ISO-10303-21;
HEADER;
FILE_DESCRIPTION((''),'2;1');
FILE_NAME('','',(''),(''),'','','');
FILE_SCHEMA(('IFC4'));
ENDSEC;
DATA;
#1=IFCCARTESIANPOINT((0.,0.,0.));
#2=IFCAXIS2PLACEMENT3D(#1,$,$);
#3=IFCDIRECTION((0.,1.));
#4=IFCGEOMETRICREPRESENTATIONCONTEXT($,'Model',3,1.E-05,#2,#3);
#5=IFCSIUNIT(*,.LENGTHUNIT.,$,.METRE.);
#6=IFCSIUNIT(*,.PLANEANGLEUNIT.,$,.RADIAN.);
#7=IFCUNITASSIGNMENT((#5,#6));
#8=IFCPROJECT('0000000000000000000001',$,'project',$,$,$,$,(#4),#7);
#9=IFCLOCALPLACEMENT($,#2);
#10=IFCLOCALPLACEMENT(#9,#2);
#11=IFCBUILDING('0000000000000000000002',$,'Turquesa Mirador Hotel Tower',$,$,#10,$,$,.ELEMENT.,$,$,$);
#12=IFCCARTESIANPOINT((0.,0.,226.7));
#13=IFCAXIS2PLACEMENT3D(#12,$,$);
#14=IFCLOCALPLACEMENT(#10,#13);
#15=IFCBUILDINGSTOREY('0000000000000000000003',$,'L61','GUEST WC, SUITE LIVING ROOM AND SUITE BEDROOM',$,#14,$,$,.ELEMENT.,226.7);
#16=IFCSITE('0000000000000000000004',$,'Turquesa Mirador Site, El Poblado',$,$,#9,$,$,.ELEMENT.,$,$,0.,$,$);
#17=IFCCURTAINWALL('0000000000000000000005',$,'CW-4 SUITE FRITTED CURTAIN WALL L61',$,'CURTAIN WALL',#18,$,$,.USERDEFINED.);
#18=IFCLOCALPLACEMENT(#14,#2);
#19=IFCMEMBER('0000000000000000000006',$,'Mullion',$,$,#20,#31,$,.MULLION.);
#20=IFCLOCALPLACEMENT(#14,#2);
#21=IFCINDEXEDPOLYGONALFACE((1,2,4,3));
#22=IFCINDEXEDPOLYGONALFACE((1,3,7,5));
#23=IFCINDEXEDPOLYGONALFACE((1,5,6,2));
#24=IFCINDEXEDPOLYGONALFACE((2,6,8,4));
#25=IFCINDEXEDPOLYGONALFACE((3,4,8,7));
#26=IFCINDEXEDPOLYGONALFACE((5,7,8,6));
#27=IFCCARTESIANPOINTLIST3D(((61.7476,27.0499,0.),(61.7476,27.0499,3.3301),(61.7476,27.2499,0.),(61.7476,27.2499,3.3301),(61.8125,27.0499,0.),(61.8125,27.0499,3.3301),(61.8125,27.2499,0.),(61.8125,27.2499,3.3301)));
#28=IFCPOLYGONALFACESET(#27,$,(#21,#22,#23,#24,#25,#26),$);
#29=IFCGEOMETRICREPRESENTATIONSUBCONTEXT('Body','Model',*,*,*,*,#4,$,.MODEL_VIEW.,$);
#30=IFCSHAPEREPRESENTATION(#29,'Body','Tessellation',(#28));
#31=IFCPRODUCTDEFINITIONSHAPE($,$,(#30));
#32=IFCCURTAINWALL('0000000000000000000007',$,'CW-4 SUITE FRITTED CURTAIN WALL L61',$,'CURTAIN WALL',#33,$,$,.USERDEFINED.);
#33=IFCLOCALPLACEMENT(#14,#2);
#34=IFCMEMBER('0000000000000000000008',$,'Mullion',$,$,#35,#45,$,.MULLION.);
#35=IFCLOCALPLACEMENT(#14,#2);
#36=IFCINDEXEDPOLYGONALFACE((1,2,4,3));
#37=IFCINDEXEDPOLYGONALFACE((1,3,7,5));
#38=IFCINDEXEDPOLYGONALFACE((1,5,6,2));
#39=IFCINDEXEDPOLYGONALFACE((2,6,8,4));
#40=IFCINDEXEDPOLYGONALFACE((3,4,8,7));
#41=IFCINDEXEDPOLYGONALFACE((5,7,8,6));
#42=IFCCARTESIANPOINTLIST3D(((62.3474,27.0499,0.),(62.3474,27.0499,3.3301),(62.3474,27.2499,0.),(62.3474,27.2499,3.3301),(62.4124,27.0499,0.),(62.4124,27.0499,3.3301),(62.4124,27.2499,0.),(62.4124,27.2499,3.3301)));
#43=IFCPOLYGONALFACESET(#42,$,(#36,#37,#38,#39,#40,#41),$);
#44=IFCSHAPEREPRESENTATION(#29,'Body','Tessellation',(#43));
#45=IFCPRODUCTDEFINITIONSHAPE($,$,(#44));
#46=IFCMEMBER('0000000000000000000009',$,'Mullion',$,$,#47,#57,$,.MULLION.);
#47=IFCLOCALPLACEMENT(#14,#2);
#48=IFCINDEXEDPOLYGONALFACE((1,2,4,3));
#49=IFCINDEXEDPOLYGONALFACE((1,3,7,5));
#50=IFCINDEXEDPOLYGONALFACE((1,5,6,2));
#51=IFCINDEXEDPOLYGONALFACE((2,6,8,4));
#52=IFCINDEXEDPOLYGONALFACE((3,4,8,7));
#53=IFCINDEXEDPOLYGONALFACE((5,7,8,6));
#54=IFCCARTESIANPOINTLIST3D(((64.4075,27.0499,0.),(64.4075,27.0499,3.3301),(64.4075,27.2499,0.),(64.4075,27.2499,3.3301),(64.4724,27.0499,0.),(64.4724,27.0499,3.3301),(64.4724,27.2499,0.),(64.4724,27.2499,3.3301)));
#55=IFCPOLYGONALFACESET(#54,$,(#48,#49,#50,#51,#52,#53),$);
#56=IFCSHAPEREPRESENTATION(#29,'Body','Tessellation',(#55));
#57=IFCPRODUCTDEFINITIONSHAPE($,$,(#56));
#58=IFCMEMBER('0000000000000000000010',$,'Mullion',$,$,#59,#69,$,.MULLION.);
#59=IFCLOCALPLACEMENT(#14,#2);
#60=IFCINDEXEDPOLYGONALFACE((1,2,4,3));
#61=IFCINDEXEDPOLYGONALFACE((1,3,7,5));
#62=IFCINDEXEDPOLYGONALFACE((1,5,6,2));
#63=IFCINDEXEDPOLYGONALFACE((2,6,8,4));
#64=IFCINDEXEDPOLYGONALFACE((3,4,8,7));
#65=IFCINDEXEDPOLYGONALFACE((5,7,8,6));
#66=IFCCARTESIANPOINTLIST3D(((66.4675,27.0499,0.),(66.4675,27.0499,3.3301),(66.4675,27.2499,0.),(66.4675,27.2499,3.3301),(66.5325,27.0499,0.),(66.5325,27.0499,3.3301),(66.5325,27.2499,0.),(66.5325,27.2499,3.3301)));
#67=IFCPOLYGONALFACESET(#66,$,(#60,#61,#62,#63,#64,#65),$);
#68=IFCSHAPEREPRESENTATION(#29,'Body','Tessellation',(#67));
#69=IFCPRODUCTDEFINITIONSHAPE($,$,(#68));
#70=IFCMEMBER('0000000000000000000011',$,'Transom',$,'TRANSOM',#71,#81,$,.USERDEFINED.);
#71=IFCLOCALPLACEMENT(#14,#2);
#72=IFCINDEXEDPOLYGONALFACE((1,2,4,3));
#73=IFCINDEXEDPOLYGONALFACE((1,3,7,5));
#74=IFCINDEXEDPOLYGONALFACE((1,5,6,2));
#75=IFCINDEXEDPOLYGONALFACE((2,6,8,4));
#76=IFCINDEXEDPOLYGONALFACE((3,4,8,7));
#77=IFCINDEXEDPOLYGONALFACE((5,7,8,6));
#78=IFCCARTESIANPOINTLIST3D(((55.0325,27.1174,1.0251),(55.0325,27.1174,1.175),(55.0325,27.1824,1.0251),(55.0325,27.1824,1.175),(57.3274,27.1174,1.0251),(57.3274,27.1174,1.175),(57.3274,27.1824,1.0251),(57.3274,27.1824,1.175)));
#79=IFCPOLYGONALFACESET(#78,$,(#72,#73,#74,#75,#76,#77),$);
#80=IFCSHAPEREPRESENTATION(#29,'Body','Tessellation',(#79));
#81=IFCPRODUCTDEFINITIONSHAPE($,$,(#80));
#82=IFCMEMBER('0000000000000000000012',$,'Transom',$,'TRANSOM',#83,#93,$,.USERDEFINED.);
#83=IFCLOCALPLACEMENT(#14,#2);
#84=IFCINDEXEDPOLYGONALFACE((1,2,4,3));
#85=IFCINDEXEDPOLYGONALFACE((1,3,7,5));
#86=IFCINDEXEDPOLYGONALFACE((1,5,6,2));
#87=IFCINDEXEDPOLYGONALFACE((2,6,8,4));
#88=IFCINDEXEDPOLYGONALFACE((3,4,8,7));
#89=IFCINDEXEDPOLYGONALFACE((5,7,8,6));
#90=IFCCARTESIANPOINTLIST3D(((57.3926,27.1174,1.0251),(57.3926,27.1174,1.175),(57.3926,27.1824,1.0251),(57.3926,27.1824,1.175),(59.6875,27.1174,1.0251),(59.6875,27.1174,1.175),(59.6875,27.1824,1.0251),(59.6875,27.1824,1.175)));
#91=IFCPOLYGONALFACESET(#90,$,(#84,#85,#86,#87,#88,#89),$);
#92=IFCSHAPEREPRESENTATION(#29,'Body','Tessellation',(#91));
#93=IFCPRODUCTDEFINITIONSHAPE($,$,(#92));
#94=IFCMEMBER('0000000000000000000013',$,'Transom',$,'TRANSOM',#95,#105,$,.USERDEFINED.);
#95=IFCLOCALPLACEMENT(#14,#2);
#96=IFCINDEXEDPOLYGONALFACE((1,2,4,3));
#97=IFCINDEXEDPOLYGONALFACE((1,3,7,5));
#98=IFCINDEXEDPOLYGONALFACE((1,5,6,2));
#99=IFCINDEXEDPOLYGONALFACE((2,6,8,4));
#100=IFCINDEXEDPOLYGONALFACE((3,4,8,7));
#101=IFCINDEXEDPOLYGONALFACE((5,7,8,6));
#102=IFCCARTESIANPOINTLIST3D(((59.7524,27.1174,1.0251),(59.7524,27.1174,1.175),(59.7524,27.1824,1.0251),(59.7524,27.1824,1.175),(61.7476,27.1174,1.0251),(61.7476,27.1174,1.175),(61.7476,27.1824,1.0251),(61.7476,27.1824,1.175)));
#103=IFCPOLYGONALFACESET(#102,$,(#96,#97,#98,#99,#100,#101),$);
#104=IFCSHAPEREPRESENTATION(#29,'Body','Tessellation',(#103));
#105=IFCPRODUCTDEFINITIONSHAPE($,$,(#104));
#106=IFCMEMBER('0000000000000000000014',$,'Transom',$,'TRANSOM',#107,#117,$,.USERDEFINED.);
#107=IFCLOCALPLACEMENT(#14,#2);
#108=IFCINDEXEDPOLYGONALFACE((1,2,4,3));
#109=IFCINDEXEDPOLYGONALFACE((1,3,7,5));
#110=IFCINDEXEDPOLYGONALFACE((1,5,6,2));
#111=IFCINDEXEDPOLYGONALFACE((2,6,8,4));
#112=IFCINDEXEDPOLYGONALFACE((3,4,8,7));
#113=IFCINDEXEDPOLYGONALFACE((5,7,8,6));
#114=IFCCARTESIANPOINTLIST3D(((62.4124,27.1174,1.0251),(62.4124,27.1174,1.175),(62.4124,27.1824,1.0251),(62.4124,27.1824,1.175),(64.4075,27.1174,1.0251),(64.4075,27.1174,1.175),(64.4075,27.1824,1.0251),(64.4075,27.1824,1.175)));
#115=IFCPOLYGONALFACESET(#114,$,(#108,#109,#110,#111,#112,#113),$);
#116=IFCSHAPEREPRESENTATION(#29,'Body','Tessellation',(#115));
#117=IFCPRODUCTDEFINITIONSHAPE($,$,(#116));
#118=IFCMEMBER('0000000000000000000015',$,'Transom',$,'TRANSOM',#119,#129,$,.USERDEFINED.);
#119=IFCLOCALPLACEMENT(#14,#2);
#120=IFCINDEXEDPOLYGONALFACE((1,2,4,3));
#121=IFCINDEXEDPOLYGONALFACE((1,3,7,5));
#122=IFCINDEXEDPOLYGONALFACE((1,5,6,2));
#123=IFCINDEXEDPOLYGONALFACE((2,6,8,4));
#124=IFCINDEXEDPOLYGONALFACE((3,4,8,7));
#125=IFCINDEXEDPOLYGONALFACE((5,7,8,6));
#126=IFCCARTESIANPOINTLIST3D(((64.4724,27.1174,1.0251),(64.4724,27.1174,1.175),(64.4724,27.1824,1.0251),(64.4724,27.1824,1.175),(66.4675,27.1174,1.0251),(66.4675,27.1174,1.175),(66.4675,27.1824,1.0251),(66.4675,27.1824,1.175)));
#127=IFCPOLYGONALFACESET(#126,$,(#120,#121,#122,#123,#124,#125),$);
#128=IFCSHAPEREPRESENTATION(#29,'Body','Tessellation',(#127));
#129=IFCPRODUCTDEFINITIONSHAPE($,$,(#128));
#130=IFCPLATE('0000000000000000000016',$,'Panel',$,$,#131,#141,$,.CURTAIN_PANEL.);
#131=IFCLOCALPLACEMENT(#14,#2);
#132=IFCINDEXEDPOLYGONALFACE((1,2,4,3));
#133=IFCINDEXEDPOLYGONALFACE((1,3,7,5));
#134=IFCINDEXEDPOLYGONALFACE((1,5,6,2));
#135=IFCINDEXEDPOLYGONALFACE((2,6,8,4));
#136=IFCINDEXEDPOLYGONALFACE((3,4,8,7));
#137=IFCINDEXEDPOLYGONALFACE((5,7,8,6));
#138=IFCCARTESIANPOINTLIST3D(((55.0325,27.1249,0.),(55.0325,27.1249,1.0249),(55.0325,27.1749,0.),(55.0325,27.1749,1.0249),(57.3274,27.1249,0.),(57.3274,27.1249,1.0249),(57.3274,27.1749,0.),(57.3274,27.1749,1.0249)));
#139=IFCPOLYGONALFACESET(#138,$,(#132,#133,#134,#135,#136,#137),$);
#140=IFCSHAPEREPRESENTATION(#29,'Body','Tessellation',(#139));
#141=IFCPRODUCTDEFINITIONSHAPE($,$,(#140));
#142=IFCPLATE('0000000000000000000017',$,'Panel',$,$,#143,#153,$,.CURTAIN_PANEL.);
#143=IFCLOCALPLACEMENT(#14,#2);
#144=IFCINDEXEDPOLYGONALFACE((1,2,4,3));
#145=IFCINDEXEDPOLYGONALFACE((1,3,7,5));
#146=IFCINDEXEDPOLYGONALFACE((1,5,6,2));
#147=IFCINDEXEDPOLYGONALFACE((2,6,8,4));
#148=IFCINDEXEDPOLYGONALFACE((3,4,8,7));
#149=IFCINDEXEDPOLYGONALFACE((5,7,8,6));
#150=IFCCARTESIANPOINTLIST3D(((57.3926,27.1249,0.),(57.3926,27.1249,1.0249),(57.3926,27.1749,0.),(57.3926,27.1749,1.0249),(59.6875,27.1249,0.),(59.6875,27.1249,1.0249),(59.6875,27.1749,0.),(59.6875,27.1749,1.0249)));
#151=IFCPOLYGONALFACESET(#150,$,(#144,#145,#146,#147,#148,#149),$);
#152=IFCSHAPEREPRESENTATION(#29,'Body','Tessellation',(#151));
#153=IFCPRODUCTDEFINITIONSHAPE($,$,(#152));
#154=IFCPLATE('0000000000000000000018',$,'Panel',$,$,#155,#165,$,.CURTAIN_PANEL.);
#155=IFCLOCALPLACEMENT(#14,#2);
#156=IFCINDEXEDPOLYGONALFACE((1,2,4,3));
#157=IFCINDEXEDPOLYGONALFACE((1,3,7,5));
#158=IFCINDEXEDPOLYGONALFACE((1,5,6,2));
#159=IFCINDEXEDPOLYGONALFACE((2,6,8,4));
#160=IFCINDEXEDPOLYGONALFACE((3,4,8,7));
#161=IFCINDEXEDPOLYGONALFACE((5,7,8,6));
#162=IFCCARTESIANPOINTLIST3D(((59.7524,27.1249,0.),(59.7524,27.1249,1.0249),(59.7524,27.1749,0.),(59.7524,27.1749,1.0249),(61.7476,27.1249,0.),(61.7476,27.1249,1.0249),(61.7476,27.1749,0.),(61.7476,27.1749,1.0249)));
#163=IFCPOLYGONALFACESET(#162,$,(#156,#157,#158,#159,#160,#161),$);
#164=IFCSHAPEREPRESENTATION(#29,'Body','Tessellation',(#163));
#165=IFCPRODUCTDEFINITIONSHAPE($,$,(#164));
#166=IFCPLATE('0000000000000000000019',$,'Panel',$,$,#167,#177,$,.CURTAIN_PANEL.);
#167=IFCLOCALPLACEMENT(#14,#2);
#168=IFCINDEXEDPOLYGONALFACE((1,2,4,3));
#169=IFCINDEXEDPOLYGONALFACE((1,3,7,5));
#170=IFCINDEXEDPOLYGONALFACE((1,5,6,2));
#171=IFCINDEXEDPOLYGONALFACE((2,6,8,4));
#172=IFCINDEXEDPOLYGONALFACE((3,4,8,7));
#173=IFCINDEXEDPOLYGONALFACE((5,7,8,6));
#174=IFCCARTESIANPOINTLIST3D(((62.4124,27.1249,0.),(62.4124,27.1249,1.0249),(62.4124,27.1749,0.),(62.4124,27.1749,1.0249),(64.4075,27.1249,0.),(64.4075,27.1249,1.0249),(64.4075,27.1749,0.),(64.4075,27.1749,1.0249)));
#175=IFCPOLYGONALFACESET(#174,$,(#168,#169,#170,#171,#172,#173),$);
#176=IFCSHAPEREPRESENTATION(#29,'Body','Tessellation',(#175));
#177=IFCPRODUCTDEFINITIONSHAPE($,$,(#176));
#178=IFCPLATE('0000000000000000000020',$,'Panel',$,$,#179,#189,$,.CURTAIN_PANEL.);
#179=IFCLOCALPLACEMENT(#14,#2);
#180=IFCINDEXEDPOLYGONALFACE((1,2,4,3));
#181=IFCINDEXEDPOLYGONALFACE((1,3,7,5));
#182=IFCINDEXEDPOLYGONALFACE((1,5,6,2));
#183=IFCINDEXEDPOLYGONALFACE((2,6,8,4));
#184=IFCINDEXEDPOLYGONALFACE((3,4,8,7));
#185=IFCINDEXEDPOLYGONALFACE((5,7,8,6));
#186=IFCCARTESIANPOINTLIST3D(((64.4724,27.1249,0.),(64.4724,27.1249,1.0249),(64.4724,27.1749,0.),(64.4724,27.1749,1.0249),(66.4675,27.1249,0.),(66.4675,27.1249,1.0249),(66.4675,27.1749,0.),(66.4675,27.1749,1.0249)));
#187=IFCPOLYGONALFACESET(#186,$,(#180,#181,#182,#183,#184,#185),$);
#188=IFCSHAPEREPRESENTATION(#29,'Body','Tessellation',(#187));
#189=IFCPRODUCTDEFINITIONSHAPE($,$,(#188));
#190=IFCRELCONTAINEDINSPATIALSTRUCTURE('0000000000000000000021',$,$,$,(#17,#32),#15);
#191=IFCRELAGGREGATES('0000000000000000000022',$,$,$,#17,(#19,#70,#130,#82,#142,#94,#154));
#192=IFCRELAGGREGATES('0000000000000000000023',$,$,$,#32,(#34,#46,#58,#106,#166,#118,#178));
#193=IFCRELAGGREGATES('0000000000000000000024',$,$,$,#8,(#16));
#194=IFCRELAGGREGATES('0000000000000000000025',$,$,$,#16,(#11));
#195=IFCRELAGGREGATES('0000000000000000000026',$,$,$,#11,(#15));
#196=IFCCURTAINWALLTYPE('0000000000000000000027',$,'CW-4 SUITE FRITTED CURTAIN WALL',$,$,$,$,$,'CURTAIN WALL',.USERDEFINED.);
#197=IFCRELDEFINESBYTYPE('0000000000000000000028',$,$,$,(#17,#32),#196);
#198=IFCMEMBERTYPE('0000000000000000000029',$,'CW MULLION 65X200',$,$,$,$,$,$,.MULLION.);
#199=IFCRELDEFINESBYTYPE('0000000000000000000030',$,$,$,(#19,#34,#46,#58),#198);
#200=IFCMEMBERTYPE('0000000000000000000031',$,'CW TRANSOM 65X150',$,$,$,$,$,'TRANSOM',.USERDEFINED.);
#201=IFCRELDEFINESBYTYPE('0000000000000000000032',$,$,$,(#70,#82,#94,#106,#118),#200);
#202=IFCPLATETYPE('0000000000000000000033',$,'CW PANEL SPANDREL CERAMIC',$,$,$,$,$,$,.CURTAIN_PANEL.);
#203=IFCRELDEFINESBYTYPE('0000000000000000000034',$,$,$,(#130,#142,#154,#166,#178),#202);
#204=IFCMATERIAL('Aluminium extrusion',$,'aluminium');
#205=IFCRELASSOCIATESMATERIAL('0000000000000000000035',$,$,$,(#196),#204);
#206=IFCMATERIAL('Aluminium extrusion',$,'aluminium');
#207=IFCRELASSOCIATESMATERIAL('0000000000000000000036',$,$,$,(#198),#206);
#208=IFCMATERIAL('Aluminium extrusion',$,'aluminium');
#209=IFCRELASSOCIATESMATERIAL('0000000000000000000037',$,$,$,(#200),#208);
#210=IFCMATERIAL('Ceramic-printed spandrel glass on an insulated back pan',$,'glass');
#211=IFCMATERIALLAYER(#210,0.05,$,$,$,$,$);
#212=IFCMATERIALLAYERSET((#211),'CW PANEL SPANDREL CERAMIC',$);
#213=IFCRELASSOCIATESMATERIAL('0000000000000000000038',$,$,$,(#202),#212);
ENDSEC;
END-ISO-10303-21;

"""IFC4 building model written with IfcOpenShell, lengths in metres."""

from ifc_helpers import new_model, si_unit, direction, frame, origin, origin_2d, place, context, subcontext, project, spatial, rectangle, extrude, material, layer, layer_set, material_profile, profile_set, type_object, element, aggregate, save


model = new_model("IFC4")

# Units and contexts
model_context = context("Model", 3, precision=1e-05, world=origin(), true_north=direction((0.0, 1.0)))
body_context = subcontext(model_context, "Body", "Model", "MODEL_VIEW")
ifc_project = project(units=[si_unit("LENGTHUNIT", "METRE"), si_unit("PLANEANGLEUNIT", "RADIAN")], contexts=[model_context])

# Site, building, storey
site_placement = place(None, origin())
site = spatial("IfcSite", under=ifc_project, at=site_placement, Name="Turquesa Mirador Site, El Poblado", CompositionType="ELEMENT", RefElevation=0.0)
building_placement = place(site_placement, origin())
building = spatial("IfcBuilding", under=site, at=building_placement, Name="Turquesa Mirador Hotel Tower", CompositionType="ELEMENT")
storey_placement = place(building_placement, frame((0.0, 0.0, 226.7)))
storey = spatial("IfcBuildingStorey", under=building, at=storey_placement, Name="L61", Description="GUEST WC, SUITE LIVING ROOM AND SUITE BEDROOM", CompositionType="ELEMENT", Elevation=226.7)

# Curtain walls, members
ifc_material_1 = material(Name="Aluminium extrusion", Category="aluminium")
curtain_wall_type = type_object("IfcCurtainWallType", Name="CW-4 SUITE FRITTED CURTAIN WALL", ElementType="CURTAIN WALL", PredefinedType="USERDEFINED", material=ifc_material_1)
curtain_wall_1_placement = place(storey_placement, origin())
curtain_wall_1 = element("IfcCurtainWall", 1, at=curtain_wall_1_placement, inside=storey, type_object=curtain_wall_type, Name="CW-4 SUITE FRITTED CURTAIN WALL L61", ObjectType="CURTAIN WALL", PredefinedType="USERDEFINED")
ifc_material_2 = material(Name="Aluminium extrusion", Category="aluminium")
ifc_material_profile_1 = material_profile(ifc_material_2, rectangle(XDim=0.0649, YDim=0.2, at=origin_2d()), Name="MULLION 65X200")
ifc_profile_set_1 = profile_set([ifc_material_profile_1], Name="Aluminium extrusion")
member_type_1 = type_object("IfcMemberType", Name="CW MULLION 65X200", PredefinedType="MULLION", material=ifc_profile_set_1)
member_1_placement = place(storey_placement, frame((61.78, 27.1499, 0.0), z_axis=(0.0, 0.0, 1.0), x_axis=(1.0, 0.0, 0.0)))
member_1 = element("IfcMember", 2, at=member_1_placement, type_object=member_type_1, Name="Mullion", PredefinedType="MULLION", context=body_context, shape_type="SweptSolid", body=[
    extrude(rectangle(XDim=0.0649, YDim=0.2, at=origin_2d()), origin(), (0.0, 0.0, 1.0), 3.3301),
])
curtain_wall_2_placement = place(storey_placement, origin())
curtain_wall_2 = element("IfcCurtainWall", 3, at=curtain_wall_2_placement, inside=storey, type_object=curtain_wall_type, Name="CW-4 SUITE FRITTED CURTAIN WALL L61", ObjectType="CURTAIN WALL", PredefinedType="USERDEFINED")
member_2_placement = place(storey_placement, frame((62.3799, 27.1499, 0.0), z_axis=(0.0, 0.0, 1.0), x_axis=(1.0, 0.0, 0.0)))
member_2 = element("IfcMember", 4, at=member_2_placement, type_object=member_type_1, Name="Mullion", PredefinedType="MULLION", context=body_context, shape_type="SweptSolid", body=[
    extrude(rectangle(XDim=0.0649, YDim=0.2, at=origin_2d()), origin(), (0.0, 0.0, 1.0), 3.3301),
])
member_3_placement = place(storey_placement, frame((64.4399, 27.1499, 0.0), z_axis=(0.0, 0.0, 1.0), x_axis=(1.0, 0.0, 0.0)))
member_3 = element("IfcMember", 5, at=member_3_placement, type_object=member_type_1, Name="Mullion", PredefinedType="MULLION", context=body_context, shape_type="SweptSolid", body=[
    extrude(rectangle(XDim=0.0649, YDim=0.2, at=origin_2d()), origin(), (0.0, 0.0, 1.0), 3.3301),
])
member_4_placement = place(storey_placement, frame((66.5, 27.1499, 0.0), z_axis=(0.0, 0.0, 1.0), x_axis=(1.0, 0.0, 0.0)))
member_4 = element("IfcMember", 6, at=member_4_placement, type_object=member_type_1, Name="Mullion", PredefinedType="MULLION", context=body_context, shape_type="SweptSolid", body=[
    extrude(rectangle(XDim=0.0649, YDim=0.2, at=origin_2d()), origin(), (0.0, 0.0, 1.0), 3.3301),
])

# Members
ifc_material_3 = material(Name="Aluminium extrusion", Category="aluminium")
ifc_material_profile_2 = material_profile(ifc_material_3, rectangle(XDim=0.0649, YDim=0.1499, at=origin_2d()), Name="TRANSOM 65X150")
ifc_profile_set_2 = profile_set([ifc_material_profile_2], Name="Aluminium extrusion")
member_type_2 = type_object("IfcMemberType", Name="CW TRANSOM 65X150", ElementType="TRANSOM", PredefinedType="USERDEFINED", material=ifc_profile_set_2)
member_5_placement = place(storey_placement, frame((55.0325, 27.1499, 1.1001), z_axis=(1.0, 0.0, 0.0), x_axis=(0.0, 1.0, 0.0)))
member_5 = element("IfcMember", 7, at=member_5_placement, type_object=member_type_2, Name="Transom", ObjectType="TRANSOM", PredefinedType="USERDEFINED", context=body_context, shape_type="SweptSolid", body=[
    extrude(rectangle(XDim=0.0649, YDim=0.1499, at=origin_2d()), origin(), (0.0, 0.0, 1.0), 2.2949),
])
member_6_placement = place(storey_placement, frame((57.3926, 27.1499, 1.1001), z_axis=(1.0, 0.0, 0.0), x_axis=(0.0, 1.0, 0.0)))
member_6 = element("IfcMember", 8, at=member_6_placement, type_object=member_type_2, Name="Transom", ObjectType="TRANSOM", PredefinedType="USERDEFINED", context=body_context, shape_type="SweptSolid", body=[
    extrude(rectangle(XDim=0.0649, YDim=0.1499, at=origin_2d()), origin(), (0.0, 0.0, 1.0), 2.2949),
])
member_7_placement = place(storey_placement, frame((59.7524, 27.1499, 1.1001), z_axis=(1.0, 0.0, 0.0), x_axis=(0.0, 1.0, 0.0)))
member_7 = element("IfcMember", 9, at=member_7_placement, type_object=member_type_2, Name="Transom", ObjectType="TRANSOM", PredefinedType="USERDEFINED", context=body_context, shape_type="SweptSolid", body=[
    extrude(rectangle(XDim=0.0649, YDim=0.1499, at=origin_2d()), origin(), (0.0, 0.0, 1.0), 1.9951),
])
member_8_placement = place(storey_placement, frame((62.4124, 27.1499, 1.1001), z_axis=(1.0, 0.0, 0.0), x_axis=(0.0, 1.0, 0.0)))
member_8 = element("IfcMember", 10, at=member_8_placement, type_object=member_type_2, Name="Transom", ObjectType="TRANSOM", PredefinedType="USERDEFINED", context=body_context, shape_type="SweptSolid", body=[
    extrude(rectangle(XDim=0.0649, YDim=0.1499, at=origin_2d()), origin(), (0.0, 0.0, 1.0), 1.9951),
])
member_9_placement = place(storey_placement, frame((64.4724, 27.1499, 1.1001), z_axis=(1.0, 0.0, 0.0), x_axis=(0.0, 1.0, 0.0)))
member_9 = element("IfcMember", 11, at=member_9_placement, type_object=member_type_2, Name="Transom", ObjectType="TRANSOM", PredefinedType="USERDEFINED", context=body_context, shape_type="SweptSolid", body=[
    extrude(rectangle(XDim=0.0649, YDim=0.1499, at=origin_2d()), origin(), (0.0, 0.0, 1.0), 1.9951),
])

# Plates
ifc_material_4 = material(Name="Ceramic-printed spandrel glass on an insulated back pan", Category="glass")
ifc_layer_1 = layer(ifc_material_4, 0.05)
ifc_layer_set_1 = layer_set([ifc_layer_1], Name="CW PANEL SPANDREL CERAMIC")
plate_type_1 = type_object("IfcPlateType", Name="CW PANEL SPANDREL CERAMIC", PredefinedType="CURTAIN_PANEL", material=ifc_layer_set_1)
plate_1_placement = place(storey_placement, frame((56.1799, 27.1499, 0.0), z_axis=(0.0, 0.0, 1.0), x_axis=(1.0, 0.0, 0.0)))
plate_1 = element("IfcPlate", 12, at=plate_1_placement, type_object=plate_type_1, Name="Panel", PredefinedType="CURTAIN_PANEL", context=body_context, shape_type="SweptSolid", body=[
    extrude(rectangle(XDim=2.2949, YDim=0.05, at=origin_2d()), origin(), (0.0, 0.0, 1.0), 1.0249),
])
plate_2_placement = place(storey_placement, frame((58.54, 27.1499, 0.0), z_axis=(0.0, 0.0, 1.0), x_axis=(1.0, 0.0, 0.0)))
plate_2 = element("IfcPlate", 13, at=plate_2_placement, type_object=plate_type_1, Name="Panel", PredefinedType="CURTAIN_PANEL", context=body_context, shape_type="SweptSolid", body=[
    extrude(rectangle(XDim=2.2949, YDim=0.05, at=origin_2d()), origin(), (0.0, 0.0, 1.0), 1.0249),
])
plate_3_placement = place(storey_placement, frame((60.75, 27.1499, 0.0), z_axis=(0.0, 0.0, 1.0), x_axis=(1.0, 0.0, 0.0)))
plate_3 = element("IfcPlate", 14, at=plate_3_placement, type_object=plate_type_1, Name="Panel", PredefinedType="CURTAIN_PANEL", context=body_context, shape_type="SweptSolid", body=[
    extrude(rectangle(XDim=1.9951, YDim=0.05, at=origin_2d()), origin(), (0.0, 0.0, 1.0), 1.0249),
])
plate_4_placement = place(storey_placement, frame((63.4099, 27.1499, 0.0), z_axis=(0.0, 0.0, 1.0), x_axis=(1.0, 0.0, 0.0)))
plate_4 = element("IfcPlate", 15, at=plate_4_placement, type_object=plate_type_1, Name="Panel", PredefinedType="CURTAIN_PANEL", context=body_context, shape_type="SweptSolid", body=[
    extrude(rectangle(XDim=1.9951, YDim=0.05, at=origin_2d()), origin(), (0.0, 0.0, 1.0), 1.0249),
])
plate_5_placement = place(storey_placement, frame((65.47, 27.1499, 0.0), z_axis=(0.0, 0.0, 1.0), x_axis=(1.0, 0.0, 0.0)))
plate_5 = element("IfcPlate", 16, at=plate_5_placement, type_object=plate_type_1, Name="Panel", PredefinedType="CURTAIN_PANEL", context=body_context, shape_type="SweptSolid", body=[
    extrude(rectangle(XDim=1.9951, YDim=0.05, at=origin_2d()), origin(), (0.0, 0.0, 1.0), 1.0249),
])
aggregate(curtain_wall_1, [member_1, member_5, plate_1, member_6, plate_2, member_7, plate_3])
aggregate(curtain_wall_2, [member_2, member_3, member_4, member_8, plate_4, member_9, plate_5])

save(model, "model.ifc")
